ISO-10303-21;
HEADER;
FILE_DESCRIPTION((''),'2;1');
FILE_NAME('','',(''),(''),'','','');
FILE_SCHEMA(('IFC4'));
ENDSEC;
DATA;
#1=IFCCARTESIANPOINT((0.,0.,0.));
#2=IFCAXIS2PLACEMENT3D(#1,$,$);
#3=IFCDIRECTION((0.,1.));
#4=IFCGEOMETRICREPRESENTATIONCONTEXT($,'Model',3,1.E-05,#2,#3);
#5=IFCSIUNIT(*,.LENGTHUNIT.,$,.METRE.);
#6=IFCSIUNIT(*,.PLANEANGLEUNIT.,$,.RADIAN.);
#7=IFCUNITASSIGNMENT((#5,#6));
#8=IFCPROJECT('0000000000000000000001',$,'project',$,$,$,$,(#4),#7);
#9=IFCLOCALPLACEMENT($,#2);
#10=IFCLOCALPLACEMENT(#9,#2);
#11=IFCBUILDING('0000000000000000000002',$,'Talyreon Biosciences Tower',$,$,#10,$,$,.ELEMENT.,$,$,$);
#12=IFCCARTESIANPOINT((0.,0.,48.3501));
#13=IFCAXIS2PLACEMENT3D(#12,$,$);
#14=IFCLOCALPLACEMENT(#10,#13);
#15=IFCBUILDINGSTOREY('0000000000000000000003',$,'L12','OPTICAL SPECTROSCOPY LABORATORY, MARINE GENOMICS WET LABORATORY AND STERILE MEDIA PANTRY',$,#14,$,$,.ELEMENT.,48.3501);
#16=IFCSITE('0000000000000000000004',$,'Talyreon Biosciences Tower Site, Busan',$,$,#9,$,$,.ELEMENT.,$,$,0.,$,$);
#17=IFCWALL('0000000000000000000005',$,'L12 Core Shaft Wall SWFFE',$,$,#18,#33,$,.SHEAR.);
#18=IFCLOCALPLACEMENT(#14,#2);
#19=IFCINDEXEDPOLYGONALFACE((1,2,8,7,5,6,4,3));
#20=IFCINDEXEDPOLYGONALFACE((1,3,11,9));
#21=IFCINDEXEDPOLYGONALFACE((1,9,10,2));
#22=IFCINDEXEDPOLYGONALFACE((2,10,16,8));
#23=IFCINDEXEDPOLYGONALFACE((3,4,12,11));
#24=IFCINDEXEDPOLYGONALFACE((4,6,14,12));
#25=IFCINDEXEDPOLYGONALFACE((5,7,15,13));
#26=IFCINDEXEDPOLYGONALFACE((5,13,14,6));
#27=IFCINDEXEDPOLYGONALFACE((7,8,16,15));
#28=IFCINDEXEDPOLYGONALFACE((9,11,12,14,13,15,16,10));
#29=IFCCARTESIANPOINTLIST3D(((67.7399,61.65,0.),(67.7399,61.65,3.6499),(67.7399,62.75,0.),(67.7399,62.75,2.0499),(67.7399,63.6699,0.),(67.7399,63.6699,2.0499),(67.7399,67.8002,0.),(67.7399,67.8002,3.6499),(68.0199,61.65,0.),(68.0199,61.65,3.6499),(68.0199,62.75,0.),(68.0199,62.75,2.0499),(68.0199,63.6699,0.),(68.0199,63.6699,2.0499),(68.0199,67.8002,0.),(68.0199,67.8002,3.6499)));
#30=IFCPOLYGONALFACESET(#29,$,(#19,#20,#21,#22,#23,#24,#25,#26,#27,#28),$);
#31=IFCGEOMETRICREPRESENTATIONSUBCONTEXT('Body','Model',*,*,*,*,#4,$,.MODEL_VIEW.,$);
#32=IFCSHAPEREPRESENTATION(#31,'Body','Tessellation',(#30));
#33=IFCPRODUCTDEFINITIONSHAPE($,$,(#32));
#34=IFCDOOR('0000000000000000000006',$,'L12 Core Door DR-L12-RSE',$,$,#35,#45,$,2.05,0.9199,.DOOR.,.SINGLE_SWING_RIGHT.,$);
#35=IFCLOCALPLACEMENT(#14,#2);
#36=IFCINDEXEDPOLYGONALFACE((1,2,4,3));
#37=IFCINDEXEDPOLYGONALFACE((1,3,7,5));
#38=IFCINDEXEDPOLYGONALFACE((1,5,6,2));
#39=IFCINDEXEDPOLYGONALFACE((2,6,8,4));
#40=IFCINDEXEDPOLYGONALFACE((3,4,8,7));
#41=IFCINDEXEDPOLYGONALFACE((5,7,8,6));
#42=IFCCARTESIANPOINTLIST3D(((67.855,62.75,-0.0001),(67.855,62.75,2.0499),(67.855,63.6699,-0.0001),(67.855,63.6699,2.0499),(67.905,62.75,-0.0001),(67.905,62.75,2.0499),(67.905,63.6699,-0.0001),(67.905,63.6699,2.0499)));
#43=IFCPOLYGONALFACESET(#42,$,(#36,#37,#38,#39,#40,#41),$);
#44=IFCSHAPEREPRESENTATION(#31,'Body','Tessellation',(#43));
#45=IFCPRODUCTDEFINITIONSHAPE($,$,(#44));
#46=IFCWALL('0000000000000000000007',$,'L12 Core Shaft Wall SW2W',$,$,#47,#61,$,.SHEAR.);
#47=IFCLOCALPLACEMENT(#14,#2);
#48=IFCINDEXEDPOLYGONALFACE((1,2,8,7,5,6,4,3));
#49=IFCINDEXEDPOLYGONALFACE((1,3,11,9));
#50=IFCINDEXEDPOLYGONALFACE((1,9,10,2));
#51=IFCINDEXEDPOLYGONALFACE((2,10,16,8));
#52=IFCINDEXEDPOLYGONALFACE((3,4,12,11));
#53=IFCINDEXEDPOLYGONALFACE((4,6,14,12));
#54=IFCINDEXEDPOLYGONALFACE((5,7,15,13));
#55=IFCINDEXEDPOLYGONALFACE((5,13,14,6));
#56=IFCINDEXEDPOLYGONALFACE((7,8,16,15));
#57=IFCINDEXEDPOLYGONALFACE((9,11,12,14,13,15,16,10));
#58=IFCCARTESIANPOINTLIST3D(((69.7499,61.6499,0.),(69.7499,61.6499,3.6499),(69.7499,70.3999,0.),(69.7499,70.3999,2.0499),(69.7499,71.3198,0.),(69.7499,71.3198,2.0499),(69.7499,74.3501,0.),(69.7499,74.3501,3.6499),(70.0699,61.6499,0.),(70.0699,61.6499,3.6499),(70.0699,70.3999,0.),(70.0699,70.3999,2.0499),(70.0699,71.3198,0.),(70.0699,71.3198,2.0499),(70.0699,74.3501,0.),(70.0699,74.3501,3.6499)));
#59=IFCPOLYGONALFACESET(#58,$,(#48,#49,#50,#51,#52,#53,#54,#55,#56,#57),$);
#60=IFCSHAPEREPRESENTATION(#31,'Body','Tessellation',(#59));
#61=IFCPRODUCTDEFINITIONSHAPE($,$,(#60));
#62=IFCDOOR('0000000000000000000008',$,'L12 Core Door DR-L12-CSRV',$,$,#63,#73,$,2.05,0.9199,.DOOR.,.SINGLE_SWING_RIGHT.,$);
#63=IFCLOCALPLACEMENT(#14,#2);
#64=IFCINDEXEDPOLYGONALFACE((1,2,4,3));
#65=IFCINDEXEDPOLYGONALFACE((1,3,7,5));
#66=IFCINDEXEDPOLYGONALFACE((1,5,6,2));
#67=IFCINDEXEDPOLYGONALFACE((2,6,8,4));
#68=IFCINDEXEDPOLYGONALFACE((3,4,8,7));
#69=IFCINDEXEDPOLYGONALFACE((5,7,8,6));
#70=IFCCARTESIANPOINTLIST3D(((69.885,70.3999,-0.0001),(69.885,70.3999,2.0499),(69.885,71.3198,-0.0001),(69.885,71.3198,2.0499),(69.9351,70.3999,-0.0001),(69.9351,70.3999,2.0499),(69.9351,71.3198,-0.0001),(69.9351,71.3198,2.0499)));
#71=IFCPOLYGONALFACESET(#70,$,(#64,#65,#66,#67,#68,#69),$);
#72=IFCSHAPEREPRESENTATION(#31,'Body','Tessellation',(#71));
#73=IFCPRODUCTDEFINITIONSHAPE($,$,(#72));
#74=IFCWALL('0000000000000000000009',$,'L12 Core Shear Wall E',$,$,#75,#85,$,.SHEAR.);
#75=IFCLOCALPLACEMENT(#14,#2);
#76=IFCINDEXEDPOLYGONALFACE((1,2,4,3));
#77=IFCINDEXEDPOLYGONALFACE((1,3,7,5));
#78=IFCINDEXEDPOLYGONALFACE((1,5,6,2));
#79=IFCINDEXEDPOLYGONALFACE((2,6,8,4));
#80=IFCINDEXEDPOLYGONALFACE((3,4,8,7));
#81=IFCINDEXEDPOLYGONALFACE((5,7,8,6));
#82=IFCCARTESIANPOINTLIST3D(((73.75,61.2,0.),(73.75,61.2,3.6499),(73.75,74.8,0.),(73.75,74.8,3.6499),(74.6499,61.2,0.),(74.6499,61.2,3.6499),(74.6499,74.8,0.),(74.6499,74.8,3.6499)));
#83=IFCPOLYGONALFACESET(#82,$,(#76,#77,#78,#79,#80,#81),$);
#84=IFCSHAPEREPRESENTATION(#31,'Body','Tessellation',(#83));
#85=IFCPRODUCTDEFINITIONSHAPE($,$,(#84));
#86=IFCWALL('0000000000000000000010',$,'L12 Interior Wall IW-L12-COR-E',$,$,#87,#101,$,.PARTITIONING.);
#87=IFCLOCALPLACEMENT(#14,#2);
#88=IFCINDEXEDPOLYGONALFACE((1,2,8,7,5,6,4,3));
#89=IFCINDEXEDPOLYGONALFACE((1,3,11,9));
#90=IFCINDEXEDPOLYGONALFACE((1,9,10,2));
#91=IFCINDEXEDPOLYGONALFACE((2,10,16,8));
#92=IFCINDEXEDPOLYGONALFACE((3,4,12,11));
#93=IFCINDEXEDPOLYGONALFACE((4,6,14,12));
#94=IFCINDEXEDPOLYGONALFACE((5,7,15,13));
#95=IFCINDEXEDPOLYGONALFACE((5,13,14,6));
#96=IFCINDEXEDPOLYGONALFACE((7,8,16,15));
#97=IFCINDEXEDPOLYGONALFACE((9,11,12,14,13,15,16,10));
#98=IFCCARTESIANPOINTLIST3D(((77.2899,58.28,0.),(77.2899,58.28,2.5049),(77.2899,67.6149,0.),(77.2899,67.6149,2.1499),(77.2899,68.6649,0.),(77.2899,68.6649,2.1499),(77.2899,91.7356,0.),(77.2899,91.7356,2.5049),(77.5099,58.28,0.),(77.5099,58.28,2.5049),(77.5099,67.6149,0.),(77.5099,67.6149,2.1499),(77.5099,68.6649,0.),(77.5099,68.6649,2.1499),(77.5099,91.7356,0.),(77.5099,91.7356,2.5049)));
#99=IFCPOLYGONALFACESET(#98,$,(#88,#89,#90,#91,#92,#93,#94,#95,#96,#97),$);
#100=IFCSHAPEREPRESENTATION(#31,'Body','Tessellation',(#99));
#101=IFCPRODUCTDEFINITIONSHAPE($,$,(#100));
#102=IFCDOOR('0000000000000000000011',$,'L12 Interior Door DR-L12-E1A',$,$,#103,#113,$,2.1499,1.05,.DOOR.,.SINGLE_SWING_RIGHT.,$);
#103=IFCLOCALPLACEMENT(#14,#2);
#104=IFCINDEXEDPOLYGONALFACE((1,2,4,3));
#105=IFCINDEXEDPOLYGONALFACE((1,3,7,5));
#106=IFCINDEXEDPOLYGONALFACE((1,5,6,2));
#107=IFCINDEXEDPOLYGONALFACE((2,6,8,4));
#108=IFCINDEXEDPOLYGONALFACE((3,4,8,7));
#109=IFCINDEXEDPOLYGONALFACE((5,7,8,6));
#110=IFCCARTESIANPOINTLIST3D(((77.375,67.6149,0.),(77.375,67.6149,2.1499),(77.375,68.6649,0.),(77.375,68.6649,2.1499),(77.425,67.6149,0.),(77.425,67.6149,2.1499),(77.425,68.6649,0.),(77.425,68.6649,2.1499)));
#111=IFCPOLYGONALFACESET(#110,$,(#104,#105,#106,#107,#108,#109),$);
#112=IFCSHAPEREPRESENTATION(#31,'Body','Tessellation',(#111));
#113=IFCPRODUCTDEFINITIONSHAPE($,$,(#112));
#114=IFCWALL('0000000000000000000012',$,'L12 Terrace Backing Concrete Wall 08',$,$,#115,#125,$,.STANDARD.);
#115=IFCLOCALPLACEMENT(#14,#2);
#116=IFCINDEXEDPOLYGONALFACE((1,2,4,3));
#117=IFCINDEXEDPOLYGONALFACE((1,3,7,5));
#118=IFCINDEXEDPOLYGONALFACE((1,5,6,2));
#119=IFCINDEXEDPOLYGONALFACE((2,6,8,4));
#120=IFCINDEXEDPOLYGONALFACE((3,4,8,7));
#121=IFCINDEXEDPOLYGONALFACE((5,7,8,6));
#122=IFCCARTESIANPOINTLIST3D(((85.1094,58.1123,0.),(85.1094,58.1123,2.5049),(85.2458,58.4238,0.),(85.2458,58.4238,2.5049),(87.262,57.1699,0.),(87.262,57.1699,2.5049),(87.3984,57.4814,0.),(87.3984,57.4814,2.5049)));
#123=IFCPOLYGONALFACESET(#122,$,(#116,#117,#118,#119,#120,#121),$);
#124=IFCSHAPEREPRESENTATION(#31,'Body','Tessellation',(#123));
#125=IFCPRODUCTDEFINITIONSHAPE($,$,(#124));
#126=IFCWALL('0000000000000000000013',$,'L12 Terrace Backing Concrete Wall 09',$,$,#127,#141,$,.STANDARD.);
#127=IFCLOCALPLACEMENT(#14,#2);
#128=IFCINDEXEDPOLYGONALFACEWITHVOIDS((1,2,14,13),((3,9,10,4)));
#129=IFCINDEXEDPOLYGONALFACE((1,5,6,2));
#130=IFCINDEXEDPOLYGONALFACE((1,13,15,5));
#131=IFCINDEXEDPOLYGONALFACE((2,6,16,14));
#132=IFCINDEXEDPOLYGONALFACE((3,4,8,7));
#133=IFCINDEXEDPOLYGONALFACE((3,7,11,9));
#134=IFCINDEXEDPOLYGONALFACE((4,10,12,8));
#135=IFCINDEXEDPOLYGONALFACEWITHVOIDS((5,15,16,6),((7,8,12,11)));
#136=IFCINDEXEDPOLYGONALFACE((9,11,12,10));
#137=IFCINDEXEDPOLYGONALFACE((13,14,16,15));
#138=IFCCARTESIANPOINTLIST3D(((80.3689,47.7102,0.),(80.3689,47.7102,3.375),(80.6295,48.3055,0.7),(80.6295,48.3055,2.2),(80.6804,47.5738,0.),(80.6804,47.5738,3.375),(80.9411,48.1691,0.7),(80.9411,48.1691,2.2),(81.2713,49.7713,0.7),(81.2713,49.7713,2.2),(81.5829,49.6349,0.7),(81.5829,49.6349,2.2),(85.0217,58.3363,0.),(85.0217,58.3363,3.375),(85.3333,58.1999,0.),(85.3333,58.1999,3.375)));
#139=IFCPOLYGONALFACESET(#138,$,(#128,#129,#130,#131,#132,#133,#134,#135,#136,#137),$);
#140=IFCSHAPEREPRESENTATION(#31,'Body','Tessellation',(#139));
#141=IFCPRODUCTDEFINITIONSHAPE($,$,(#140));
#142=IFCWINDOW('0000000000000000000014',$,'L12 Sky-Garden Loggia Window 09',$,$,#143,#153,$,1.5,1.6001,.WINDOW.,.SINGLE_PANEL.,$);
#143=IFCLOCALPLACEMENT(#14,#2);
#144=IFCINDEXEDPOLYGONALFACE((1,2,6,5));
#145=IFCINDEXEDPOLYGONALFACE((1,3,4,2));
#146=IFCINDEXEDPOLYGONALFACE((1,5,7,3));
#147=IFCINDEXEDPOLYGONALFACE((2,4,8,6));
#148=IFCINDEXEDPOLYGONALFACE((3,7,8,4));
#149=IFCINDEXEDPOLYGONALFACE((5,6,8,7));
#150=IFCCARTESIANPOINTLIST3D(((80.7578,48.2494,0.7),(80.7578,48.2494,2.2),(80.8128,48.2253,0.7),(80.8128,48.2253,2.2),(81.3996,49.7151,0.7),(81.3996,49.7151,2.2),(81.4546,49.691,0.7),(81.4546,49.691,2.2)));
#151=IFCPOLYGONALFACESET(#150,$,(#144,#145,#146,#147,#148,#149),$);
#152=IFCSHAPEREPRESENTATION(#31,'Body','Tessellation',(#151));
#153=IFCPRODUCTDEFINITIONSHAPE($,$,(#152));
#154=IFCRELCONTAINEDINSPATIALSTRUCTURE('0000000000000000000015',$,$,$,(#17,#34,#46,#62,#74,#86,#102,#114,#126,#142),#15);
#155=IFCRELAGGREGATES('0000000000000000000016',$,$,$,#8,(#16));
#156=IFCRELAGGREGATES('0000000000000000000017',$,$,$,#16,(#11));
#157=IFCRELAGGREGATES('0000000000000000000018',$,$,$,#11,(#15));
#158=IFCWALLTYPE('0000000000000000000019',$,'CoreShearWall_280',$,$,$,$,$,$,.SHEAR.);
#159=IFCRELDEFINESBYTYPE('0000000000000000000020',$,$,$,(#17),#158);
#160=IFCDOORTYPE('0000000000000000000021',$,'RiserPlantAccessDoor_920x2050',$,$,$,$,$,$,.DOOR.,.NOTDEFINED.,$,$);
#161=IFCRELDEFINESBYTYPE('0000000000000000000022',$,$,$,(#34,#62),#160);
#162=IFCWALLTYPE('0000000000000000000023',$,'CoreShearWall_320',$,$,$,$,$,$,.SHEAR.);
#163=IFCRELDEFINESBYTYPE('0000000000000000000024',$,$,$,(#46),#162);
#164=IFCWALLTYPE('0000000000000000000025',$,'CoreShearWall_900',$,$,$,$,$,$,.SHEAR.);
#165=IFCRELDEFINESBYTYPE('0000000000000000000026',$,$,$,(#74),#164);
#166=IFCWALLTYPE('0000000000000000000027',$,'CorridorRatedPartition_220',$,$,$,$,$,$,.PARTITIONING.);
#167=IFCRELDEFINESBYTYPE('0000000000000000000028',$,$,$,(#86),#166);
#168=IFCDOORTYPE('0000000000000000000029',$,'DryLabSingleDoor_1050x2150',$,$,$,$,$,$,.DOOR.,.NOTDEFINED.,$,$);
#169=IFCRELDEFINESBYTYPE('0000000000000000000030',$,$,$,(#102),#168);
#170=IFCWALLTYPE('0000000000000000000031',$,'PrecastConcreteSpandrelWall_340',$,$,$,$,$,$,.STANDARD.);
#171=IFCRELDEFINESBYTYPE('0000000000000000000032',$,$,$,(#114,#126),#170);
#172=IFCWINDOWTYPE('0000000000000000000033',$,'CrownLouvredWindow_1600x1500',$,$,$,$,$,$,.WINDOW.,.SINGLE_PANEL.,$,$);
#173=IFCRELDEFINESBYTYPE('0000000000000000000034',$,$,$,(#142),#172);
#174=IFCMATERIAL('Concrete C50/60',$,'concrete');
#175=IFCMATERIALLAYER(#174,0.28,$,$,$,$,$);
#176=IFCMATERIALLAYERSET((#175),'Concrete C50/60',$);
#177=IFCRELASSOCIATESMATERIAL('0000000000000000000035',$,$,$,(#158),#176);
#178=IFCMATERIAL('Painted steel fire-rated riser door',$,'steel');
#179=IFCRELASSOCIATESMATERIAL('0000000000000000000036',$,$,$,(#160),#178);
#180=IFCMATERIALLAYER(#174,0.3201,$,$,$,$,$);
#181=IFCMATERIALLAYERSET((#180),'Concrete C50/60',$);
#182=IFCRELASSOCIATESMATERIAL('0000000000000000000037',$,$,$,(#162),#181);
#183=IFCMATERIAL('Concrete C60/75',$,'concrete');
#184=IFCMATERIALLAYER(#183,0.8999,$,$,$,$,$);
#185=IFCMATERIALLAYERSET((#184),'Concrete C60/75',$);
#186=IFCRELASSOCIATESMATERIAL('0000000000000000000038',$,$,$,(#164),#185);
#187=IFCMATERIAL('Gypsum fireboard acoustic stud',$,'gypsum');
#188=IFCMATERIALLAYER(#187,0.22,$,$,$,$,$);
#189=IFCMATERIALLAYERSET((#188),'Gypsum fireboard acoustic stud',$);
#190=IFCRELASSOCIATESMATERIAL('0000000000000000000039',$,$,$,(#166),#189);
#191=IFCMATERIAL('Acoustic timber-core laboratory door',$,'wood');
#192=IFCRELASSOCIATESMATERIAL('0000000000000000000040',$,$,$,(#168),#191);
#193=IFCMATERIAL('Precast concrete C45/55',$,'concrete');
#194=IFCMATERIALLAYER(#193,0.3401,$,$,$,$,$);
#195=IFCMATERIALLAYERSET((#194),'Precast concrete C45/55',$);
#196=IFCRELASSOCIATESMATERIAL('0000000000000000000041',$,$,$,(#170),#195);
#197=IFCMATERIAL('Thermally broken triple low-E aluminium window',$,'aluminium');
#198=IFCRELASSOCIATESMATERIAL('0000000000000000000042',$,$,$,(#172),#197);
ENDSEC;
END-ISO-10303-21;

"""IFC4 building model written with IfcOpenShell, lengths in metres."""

from ifc_helpers import new_model, si_unit, direction, frame, frame_2d, origin, place, context, subcontext, project, spatial, rectangle, extrude, material, layer, layer_set, type_object, element, fill, save


model = new_model("IFC4")

# Units and contexts
model_context = context("Model", 3, precision=1e-05, world=origin(), true_north=direction((0.0, 1.0)))
body_context = subcontext(model_context, "Body", "Model", "MODEL_VIEW")
ifc_project = project(units=[si_unit("LENGTHUNIT", "METRE"), si_unit("PLANEANGLEUNIT", "RADIAN")], contexts=[model_context])

# Site, building, storey
site_placement = place(None, origin())
site = spatial("IfcSite", under=ifc_project, at=site_placement, Name="Talyreon Biosciences Tower Site, Busan", CompositionType="ELEMENT", RefElevation=0.0)
building_placement = place(site_placement, origin())
building = spatial("IfcBuilding", under=site, at=building_placement, Name="Talyreon Biosciences Tower", CompositionType="ELEMENT")
storey_placement = place(building_placement, frame((0.0, 0.0, 48.3501)))
storey = spatial("IfcBuildingStorey", under=building, at=storey_placement, Name="L12", Description="OPTICAL SPECTROSCOPY LABORATORY, MARINE GENOMICS WET LABORATORY AND STERILE MEDIA PANTRY", CompositionType="ELEMENT", Elevation=48.3501)

# Shared definitions
ifc_material_1 = material(Name="Concrete C60/75", Category="concrete")

# Walls, openings, doors
ifc_material_2 = material(Name="Concrete C50/60", Category="concrete")
ifc_layer_1 = layer(ifc_material_2, 0.28)
ifc_layer_set_1 = layer_set([ifc_layer_1], Name="Concrete C50/60")
wall_type_1 = type_object("IfcWallType", Name="CoreShearWall_280", PredefinedType="SHEAR", material=ifc_layer_set_1)
wall_1_placement = place(storey_placement, frame((67.8799, 61.6499, 0.0), z_axis=(0.0, 0.0, 1.0), x_axis=(0.0, 1.0, 0.0)))
wall_1 = element("IfcWall", 1, at=wall_1_placement, inside=storey, type_object=wall_type_1, Name="L12 Core Shaft Wall SWFFE", PredefinedType="SHEAR", context=body_context, shape_type="SweptSolid", body=[
    extrude(rectangle(XDim=6.1501, YDim=0.28, at=frame_2d((3.0752, 0.0))), origin(), (0.0, 0.0, 1.0), 3.6499),
])
opening_1_placement = place(wall_1_placement, frame((1.1001, 0.0, 0.0)))
opening_1 = element("IfcOpeningElement", 2, at=opening_1_placement, cuts=wall_1, PredefinedType="OPENING", context=body_context, shape_type="SweptSolid", body=[
    extrude(rectangle(XDim=0.9199, YDim=2.05, at=frame_2d((0.46, 1.0249))), frame((0.0, 0.1499, 0.0), z_axis=(0.0, -1.0, 0.0), x_axis=(1.0, 0.0, 0.0)), (0.0, 0.0, 1.0), 0.3),
])
ifc_material_3 = material(Name="Painted steel fire-rated riser door", Category="steel")
door_type_1 = type_object("IfcDoorType", Name="RiserPlantAccessDoor_920x2050", OperationType="NOTDEFINED", PredefinedType="DOOR", material=ifc_material_3)
door_1_placement = place(opening_1_placement, origin())
door_1 = element("IfcDoor", 3, at=door_1_placement, inside=storey, type_object=door_type_1, Name="L12 Core Door DR-L12-RSE", OperationType="SINGLE_SWING_RIGHT", OverallHeight=2.05, OverallWidth=0.9199, PredefinedType="DOOR", context=body_context, shape_type="SweptSolid", body=[
    extrude(rectangle(XDim=0.9199, YDim=2.05, at=frame_2d((0.46, 1.0249))), frame((0.0, 0.0249, 0.0), z_axis=(0.0, -1.0, 0.0), x_axis=(1.0, 0.0, 0.0)), (0.0, 0.0, 1.0), 0.05),
])
fill(opening_1, door_1)
ifc_layer_2 = layer(ifc_material_2, 0.3201)
ifc_layer_set_2 = layer_set([ifc_layer_2], Name="Concrete C50/60")
wall_type_2 = type_object("IfcWallType", Name="CoreShearWall_320", PredefinedType="SHEAR", material=ifc_layer_set_2)
wall_2_placement = place(storey_placement, frame((69.9099, 61.6499, 0.0), z_axis=(0.0, 0.0, 1.0), x_axis=(0.0, 1.0, 0.0)))
wall_2 = element("IfcWall", 4, at=wall_2_placement, inside=storey, type_object=wall_type_2, Name="L12 Core Shaft Wall SW2W", PredefinedType="SHEAR", context=body_context, shape_type="SweptSolid", body=[
    extrude(rectangle(XDim=12.7002, YDim=0.3201, at=frame_2d((6.3501, 0.0))), origin(), (0.0, 0.0, 1.0), 3.6499),
])
opening_2_placement = place(wall_2_placement, frame((8.75, 0.0, 0.0)))
opening_2 = element("IfcOpeningElement", 5, at=opening_2_placement, cuts=wall_2, PredefinedType="OPENING", context=body_context, shape_type="SweptSolid", body=[
    extrude(rectangle(XDim=0.9199, YDim=2.05, at=frame_2d((0.46, 1.0249))), frame((0.0, 0.1699, 0.0), z_axis=(0.0, -1.0, 0.0), x_axis=(1.0, 0.0, 0.0)), (0.0, 0.0, 1.0), 0.3401),
])
door_2_placement = place(opening_2_placement, origin())
door_2 = element("IfcDoor", 6, at=door_2_placement, inside=storey, type_object=door_type_1, Name="L12 Core Door DR-L12-CSRV", OperationType="SINGLE_SWING_RIGHT", OverallHeight=2.05, OverallWidth=0.9199, PredefinedType="DOOR", context=body_context, shape_type="SweptSolid", body=[
    extrude(rectangle(XDim=0.9199, YDim=2.05, at=frame_2d((0.46, 1.0249))), frame((0.0, 0.0249, 0.0), z_axis=(0.0, -1.0, 0.0), x_axis=(1.0, 0.0, 0.0)), (0.0, 0.0, 1.0), 0.05),
])
fill(opening_2, door_2)

# Wall
ifc_layer_3 = layer(ifc_material_1, 0.8999)
ifc_layer_set_3 = layer_set([ifc_layer_3], Name="Concrete C60/75")
wall_type_3 = type_object("IfcWallType", Name="CoreShearWall_900", PredefinedType="SHEAR", material=ifc_layer_set_3)
wall_3_placement = place(storey_placement, frame((74.2, 61.2, 0.0), z_axis=(0.0, 0.0, 1.0), x_axis=(0.0, 1.0, 0.0)))
element("IfcWall", 7, at=wall_3_placement, inside=storey, type_object=wall_type_3, Name="L12 Core Shear Wall E", PredefinedType="SHEAR", context=body_context, shape_type="SweptSolid", body=[
    extrude(rectangle(XDim=13.6001, YDim=0.8999, at=frame_2d((6.8, 0.0))), origin(), (0.0, 0.0, 1.0), 3.6499),
])

# Wall, opening, door
ifc_material_4 = material(Name="Gypsum fireboard acoustic stud", Category="gypsum")
ifc_layer_4 = layer(ifc_material_4, 0.22)
ifc_layer_set_4 = layer_set([ifc_layer_4], Name="Gypsum fireboard acoustic stud")
wall_type_4 = type_object("IfcWallType", Name="CorridorRatedPartition_220", PredefinedType="PARTITIONING", material=ifc_layer_set_4)
wall_4_placement = place(storey_placement, frame((77.3999, 58.28, 0.0), z_axis=(0.0, 0.0, 1.0), x_axis=(0.0, 1.0, 0.0)))
wall_4 = element("IfcWall", 8, at=wall_4_placement, inside=storey, type_object=wall_type_4, Name="L12 Interior Wall IW-L12-COR-E", PredefinedType="PARTITIONING", context=body_context, shape_type="SweptSolid", body=[
    extrude(rectangle(XDim=33.4556, YDim=0.22, at=frame_2d((16.7278, 0.0))), origin(), (0.0, 0.0, 1.0), 2.5049),
])
opening_3_placement = place(wall_4_placement, frame((9.335, 0.0, 0.0)))
opening_3 = element("IfcOpeningElement", 9, at=opening_3_placement, cuts=wall_4, PredefinedType="OPENING", context=body_context, shape_type="SweptSolid", body=[
    extrude(rectangle(XDim=1.05, YDim=2.1499, at=frame_2d((0.5249, 1.075))), frame((0.0, 0.1199, 0.0), z_axis=(0.0, -1.0, 0.0), x_axis=(1.0, 0.0, 0.0)), (0.0, 0.0, 1.0), 0.24),
])
ifc_material_5 = material(Name="Acoustic timber-core laboratory door", Category="wood")
door_type_2 = type_object("IfcDoorType", Name="DryLabSingleDoor_1050x2150", OperationType="NOTDEFINED", PredefinedType="DOOR", material=ifc_material_5)
door_3_placement = place(opening_3_placement, origin())
door_3 = element("IfcDoor", 10, at=door_3_placement, inside=storey, type_object=door_type_2, Name="L12 Interior Door DR-L12-E1A", OperationType="SINGLE_SWING_RIGHT", OverallHeight=2.1499, OverallWidth=1.05, PredefinedType="DOOR", context=body_context, shape_type="SweptSolid", body=[
    extrude(rectangle(XDim=1.05, YDim=2.1499, at=frame_2d((0.5249, 1.075))), frame((0.0, 0.0249, 0.0), z_axis=(0.0, -1.0, 0.0), x_axis=(1.0, 0.0, 0.0)), (0.0, 0.0, 1.0), 0.05),
])
fill(opening_3, door_3)

# Wall
ifc_material_6 = material(Name="Precast concrete C45/55", Category="concrete")
ifc_layer_5 = layer(ifc_material_6, 0.3401)
ifc_layer_set_5 = layer_set([ifc_layer_5], Name="Precast concrete C45/55")
wall_type_5 = type_object("IfcWallType", Name="PrecastConcreteSpandrelWall_340", PredefinedType="STANDARD", material=ifc_layer_set_5)
wall_5_placement = place(storey_placement, frame((87.3301, 57.3257, 0.0), z_axis=(0.0, 0.0, 1.0), x_axis=(-0.91606, 0.401042, 0.0)))
element("IfcWall", 11, at=wall_5_placement, inside=storey, type_object=wall_type_5, Name="L12 Terrace Backing Concrete Wall 08", PredefinedType="STANDARD", context=body_context, shape_type="SweptSolid", body=[
    extrude(rectangle(XDim=2.3499, YDim=0.3401, at=frame_2d((1.1748, 0.0))), origin(), (0.0, 0.0, 1.0), 2.5049),
])

# Wall, opening, window
wall_6_placement = place(storey_placement, frame((85.1775, 58.2681, 0.0), z_axis=(0.0, 0.0, 1.0), x_axis=(-0.401106, -0.916032, 0.0)))
wall_6 = element("IfcWall", 12, at=wall_6_placement, inside=storey, type_object=wall_type_5, Name="L12 Terrace Backing Concrete Wall 09", PredefinedType="STANDARD", context=body_context, shape_type="SweptSolid", body=[
    extrude(rectangle(XDim=11.6001, YDim=0.3401, at=frame_2d((5.8, 0.0))), origin(), (0.0, 0.0, 1.0), 3.375),
])
opening_4_placement = place(wall_6_placement, frame((9.3501, 0.0, 0.7)))
opening_4 = element("IfcOpeningElement", 13, at=opening_4_placement, cuts=wall_6, PredefinedType="OPENING", context=body_context, shape_type="SweptSolid", body=[
    extrude(rectangle(XDim=1.6001, YDim=1.5, at=frame_2d((0.8, 0.75))), frame((0.0, 0.1799, 0.0), z_axis=(0.0, -1.0, 0.0), x_axis=(1.0, 0.0, 0.0)), (0.0, 0.0, 1.0), 0.3601),
])
ifc_material_7 = material(Name="Thermally broken triple low-E aluminium window", Category="aluminium")
window_type = type_object("IfcWindowType", Name="CrownLouvredWindow_1600x1500", PartitioningType="SINGLE_PANEL", PredefinedType="WINDOW", material=ifc_material_7)
window_placement = place(opening_4_placement, origin())
window = element("IfcWindow", 14, at=window_placement, inside=storey, type_object=window_type, Name="L12 Sky-Garden Loggia Window 09", OverallHeight=1.5, OverallWidth=1.6001, PartitioningType="SINGLE_PANEL", PredefinedType="WINDOW", context=body_context, shape_type="SweptSolid", body=[
    extrude(rectangle(XDim=1.6001, YDim=1.5, at=frame_2d((0.8, 0.75))), frame((0.0, 0.03, 0.0), z_axis=(0.0, -1.0, 0.0), x_axis=(1.0, 0.0, 0.0)), (0.0, 0.0, 1.0), 0.0601),
])
fill(opening_4, window)

save(model, "model.ifc")
